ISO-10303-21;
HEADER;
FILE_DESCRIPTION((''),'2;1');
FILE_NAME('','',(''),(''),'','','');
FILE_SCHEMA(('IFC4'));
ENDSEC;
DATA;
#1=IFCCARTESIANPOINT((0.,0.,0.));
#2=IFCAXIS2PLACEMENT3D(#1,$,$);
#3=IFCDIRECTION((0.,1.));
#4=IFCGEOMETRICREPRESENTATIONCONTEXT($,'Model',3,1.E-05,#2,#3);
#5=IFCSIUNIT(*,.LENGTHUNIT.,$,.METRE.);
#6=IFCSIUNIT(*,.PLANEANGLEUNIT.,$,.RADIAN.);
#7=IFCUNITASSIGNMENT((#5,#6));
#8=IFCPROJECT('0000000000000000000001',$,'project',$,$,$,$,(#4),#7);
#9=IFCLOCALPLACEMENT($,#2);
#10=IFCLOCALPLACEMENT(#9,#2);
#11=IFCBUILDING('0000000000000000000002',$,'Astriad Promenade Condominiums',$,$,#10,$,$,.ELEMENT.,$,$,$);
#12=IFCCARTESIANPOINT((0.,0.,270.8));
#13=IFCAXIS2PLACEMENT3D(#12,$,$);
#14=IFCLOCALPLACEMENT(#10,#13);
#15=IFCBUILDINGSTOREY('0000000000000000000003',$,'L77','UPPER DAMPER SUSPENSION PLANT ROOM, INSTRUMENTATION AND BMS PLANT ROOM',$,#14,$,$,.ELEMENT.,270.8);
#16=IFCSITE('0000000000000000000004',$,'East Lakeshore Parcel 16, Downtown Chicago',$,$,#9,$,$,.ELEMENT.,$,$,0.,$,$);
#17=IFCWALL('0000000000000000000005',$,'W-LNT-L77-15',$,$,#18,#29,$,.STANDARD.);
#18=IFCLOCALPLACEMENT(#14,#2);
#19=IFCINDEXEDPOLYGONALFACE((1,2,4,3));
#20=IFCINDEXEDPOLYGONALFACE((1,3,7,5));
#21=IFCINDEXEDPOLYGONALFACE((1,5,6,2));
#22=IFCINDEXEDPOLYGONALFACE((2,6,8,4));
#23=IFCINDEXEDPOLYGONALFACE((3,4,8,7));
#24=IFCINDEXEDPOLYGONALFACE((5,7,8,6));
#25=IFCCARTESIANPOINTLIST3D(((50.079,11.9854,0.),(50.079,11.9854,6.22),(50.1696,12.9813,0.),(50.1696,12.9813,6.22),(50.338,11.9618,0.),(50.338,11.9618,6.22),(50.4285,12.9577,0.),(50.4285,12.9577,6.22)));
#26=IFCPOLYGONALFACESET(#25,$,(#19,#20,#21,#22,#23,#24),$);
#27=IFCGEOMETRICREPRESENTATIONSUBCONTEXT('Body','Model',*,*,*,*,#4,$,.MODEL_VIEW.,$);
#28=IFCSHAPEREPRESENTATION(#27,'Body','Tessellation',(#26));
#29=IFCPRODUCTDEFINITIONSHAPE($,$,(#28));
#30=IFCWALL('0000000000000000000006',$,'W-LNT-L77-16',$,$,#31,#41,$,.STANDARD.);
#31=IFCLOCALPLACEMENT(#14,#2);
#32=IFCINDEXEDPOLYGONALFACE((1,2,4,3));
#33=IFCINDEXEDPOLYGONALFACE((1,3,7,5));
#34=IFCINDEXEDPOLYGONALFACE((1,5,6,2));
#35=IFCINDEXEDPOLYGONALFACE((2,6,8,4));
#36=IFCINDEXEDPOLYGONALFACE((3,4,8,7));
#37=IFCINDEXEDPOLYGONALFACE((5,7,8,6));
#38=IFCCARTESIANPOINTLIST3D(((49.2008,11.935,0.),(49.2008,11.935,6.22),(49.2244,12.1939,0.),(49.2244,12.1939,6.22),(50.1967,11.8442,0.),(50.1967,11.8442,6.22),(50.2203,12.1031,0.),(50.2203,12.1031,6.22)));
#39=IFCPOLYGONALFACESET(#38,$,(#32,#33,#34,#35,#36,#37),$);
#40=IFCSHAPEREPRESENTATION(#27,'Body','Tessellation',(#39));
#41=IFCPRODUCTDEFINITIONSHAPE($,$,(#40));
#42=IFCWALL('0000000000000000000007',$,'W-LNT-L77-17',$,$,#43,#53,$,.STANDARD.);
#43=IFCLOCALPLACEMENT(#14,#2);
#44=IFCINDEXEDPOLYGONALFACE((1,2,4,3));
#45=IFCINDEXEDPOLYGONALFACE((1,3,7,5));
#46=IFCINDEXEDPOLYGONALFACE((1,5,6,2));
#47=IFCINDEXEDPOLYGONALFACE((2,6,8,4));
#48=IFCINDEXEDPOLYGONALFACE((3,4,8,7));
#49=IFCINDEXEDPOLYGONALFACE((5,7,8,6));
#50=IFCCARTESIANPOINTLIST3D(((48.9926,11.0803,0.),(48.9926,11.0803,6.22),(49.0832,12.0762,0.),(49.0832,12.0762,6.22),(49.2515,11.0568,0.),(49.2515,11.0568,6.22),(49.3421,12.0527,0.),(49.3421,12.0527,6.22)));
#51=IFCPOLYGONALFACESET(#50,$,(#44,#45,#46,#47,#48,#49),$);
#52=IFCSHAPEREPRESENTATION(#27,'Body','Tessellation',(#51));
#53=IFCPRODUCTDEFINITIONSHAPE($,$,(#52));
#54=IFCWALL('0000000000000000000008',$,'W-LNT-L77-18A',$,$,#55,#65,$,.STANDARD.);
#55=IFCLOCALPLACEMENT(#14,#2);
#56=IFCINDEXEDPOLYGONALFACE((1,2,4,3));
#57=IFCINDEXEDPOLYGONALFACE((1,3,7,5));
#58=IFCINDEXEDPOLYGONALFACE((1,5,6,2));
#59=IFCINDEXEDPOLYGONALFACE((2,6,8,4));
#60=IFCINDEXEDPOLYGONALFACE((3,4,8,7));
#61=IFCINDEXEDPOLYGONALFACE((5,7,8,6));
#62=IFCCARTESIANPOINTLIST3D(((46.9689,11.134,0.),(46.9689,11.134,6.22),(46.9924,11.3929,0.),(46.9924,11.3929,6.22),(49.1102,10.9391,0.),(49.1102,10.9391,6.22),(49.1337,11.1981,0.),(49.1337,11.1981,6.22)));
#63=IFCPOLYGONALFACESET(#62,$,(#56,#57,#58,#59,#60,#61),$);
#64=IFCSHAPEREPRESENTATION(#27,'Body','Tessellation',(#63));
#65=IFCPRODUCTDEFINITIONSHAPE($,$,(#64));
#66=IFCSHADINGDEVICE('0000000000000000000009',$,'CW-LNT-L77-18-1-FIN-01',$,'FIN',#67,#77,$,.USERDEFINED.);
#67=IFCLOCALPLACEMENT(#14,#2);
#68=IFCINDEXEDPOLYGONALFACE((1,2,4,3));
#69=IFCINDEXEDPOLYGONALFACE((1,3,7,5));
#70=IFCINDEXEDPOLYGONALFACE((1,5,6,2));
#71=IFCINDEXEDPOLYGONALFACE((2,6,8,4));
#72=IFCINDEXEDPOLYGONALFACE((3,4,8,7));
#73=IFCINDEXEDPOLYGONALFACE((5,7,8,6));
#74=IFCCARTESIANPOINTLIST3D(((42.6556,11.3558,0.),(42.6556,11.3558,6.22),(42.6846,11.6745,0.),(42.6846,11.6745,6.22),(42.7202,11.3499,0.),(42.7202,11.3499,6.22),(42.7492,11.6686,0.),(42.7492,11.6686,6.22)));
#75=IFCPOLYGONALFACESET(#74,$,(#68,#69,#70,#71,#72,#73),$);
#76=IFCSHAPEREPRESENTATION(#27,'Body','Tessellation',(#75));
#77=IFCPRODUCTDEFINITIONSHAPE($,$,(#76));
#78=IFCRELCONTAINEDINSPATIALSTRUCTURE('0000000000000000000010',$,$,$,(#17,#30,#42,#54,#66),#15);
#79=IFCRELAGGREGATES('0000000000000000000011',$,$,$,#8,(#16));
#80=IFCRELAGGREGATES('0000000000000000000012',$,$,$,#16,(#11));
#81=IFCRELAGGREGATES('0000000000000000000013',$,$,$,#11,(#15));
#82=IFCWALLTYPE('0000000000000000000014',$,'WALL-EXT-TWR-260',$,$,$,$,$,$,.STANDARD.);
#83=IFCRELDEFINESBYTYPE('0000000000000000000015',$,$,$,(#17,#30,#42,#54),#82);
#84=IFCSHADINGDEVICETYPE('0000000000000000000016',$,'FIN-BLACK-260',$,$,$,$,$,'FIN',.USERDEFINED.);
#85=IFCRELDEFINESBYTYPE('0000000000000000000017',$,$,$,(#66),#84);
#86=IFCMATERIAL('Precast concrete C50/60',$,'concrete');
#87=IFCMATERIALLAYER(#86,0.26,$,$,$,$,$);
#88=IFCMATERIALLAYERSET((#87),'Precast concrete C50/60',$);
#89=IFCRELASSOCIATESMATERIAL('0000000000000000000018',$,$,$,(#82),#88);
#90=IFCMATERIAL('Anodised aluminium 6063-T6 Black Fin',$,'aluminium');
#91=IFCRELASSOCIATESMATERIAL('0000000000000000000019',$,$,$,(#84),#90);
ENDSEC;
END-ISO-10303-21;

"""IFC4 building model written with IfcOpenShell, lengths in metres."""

from ifc_helpers import new_model, si_unit, direction, frame, frame_2d, origin, origin_2d, place, context, subcontext, project, spatial, rectangle, extrude, source, transform, mapped, material, layer, layer_set, type_object, type_shapes, element, save


model = new_model("IFC4")

# Units and contexts
model_context = context("Model", 3, precision=1e-05, world=origin(), true_north=direction((0.0, 1.0)))
body_context = subcontext(model_context, "Body", "Model", "MODEL_VIEW")
ifc_project = project(units=[si_unit("LENGTHUNIT", "METRE"), si_unit("PLANEANGLEUNIT", "RADIAN")], contexts=[model_context])

# Site, building, storey
site_placement = place(None, origin())
site = spatial("IfcSite", under=ifc_project, at=site_placement, Name="East Lakeshore Parcel 16, Downtown Chicago", CompositionType="ELEMENT", RefElevation=0.0)
building_placement = place(site_placement, origin())
building = spatial("IfcBuilding", under=site, at=building_placement, Name="Astriad Promenade Condominiums", CompositionType="ELEMENT")
storey_placement = place(building_placement, frame((0.0, 0.0, 270.8)))
storey = spatial("IfcBuildingStorey", under=building, at=storey_placement, Name="L77", Description="UPPER DAMPER SUSPENSION PLANT ROOM, INSTRUMENTATION AND BMS PLANT ROOM", CompositionType="ELEMENT", Elevation=270.8)

# Walls
ifc_material_1 = material(Name="Precast concrete C50/60", Category="concrete")
ifc_layer_1 = layer(ifc_material_1, 0.26)
ifc_layer_set_1 = layer_set([ifc_layer_1], Name="Precast concrete C50/60")
wall_type_1 = type_object("IfcWallType", Name="WALL-EXT-TWR-260", PredefinedType="STANDARD", material=ifc_layer_set_1)
for number, where, z_axis, x_axis, name in (
    (1, (50.2991, 12.9695, 0.0), (0.0, 0.0, 1.0), (-0.09058, -0.995889, 0.0), "W-LNT-L77-15"),
    (2, (50.2085, 11.9736, 0.0), (0.0, 0.0, 1.0), (-0.995867, 0.090822, 0.0), "W-LNT-L77-16"),
    (3, (49.2126, 12.0645, 0.0), (0.0, 0.0, 1.0), (-0.09058, -0.995889, 0.0), "W-LNT-L77-17"),
):
    element("IfcWall", number, at=place(storey_placement, frame(where, z_axis=z_axis, x_axis=x_axis)), inside=storey, type_object=wall_type_1, Name=name, PredefinedType="STANDARD", context=body_context, shape_type="SweptSolid", body=[
        extrude(rectangle(XDim=1.0, YDim=0.26, at=frame_2d((0.5, 0.0))), origin(), (0.0, 0.0, 1.0), 6.22),
    ])
wall_1_placement = place(storey_placement, frame((49.1221, 11.0686, 0.0), z_axis=(0.0, 0.0, 1.0), x_axis=(-0.995887, 0.090607, 0.0)))
element("IfcWall", 4, at=wall_1_placement, inside=storey, type_object=wall_type_1, Name="W-LNT-L77-18A", PredefinedType="STANDARD", context=body_context, shape_type="SweptSolid", body=[
    extrude(rectangle(XDim=2.1501, YDim=0.26, at=frame_2d((1.0752, 0.0))), origin(), (0.0, 0.0, 1.0), 6.22),
])

# Shading device
ifc_material_2 = material(Name="Anodised aluminium 6063-T6 Black Fin", Category="aluminium")
shading_device_type = type_object("IfcShadingDeviceType", Name="FIN-BLACK-260", ElementType="FIN", PredefinedType="USERDEFINED", material=ifc_material_2)
shared_shape_1 = source(origin(), body_context, "Body", "SweptSolid", [
    extrude(rectangle(XDim=0.0649, YDim=0.3201, at=origin_2d()), origin(), (0.0, 0.0, 1.0), 6.22),
])
type_shapes(shading_device_type, [shared_shape_1])
shading_device_placement = place(storey_placement, frame((42.7024, 11.5122, 0.0), z_axis=(0.0, 0.0, 1.0), x_axis=(-0.995884, 0.090633, 0.0)))
element("IfcShadingDevice", 5, at=shading_device_placement, inside=storey, type_object=shading_device_type, Name="CW-LNT-L77-18-1-FIN-01", ObjectType="FIN", PredefinedType="USERDEFINED", context=body_context, shape_type="MappedRepresentation", body=[
    mapped(shared_shape_1, transform((0.0, 0.0, 0.0), scale=1.0)),
])

save(model, "model.ifc")
